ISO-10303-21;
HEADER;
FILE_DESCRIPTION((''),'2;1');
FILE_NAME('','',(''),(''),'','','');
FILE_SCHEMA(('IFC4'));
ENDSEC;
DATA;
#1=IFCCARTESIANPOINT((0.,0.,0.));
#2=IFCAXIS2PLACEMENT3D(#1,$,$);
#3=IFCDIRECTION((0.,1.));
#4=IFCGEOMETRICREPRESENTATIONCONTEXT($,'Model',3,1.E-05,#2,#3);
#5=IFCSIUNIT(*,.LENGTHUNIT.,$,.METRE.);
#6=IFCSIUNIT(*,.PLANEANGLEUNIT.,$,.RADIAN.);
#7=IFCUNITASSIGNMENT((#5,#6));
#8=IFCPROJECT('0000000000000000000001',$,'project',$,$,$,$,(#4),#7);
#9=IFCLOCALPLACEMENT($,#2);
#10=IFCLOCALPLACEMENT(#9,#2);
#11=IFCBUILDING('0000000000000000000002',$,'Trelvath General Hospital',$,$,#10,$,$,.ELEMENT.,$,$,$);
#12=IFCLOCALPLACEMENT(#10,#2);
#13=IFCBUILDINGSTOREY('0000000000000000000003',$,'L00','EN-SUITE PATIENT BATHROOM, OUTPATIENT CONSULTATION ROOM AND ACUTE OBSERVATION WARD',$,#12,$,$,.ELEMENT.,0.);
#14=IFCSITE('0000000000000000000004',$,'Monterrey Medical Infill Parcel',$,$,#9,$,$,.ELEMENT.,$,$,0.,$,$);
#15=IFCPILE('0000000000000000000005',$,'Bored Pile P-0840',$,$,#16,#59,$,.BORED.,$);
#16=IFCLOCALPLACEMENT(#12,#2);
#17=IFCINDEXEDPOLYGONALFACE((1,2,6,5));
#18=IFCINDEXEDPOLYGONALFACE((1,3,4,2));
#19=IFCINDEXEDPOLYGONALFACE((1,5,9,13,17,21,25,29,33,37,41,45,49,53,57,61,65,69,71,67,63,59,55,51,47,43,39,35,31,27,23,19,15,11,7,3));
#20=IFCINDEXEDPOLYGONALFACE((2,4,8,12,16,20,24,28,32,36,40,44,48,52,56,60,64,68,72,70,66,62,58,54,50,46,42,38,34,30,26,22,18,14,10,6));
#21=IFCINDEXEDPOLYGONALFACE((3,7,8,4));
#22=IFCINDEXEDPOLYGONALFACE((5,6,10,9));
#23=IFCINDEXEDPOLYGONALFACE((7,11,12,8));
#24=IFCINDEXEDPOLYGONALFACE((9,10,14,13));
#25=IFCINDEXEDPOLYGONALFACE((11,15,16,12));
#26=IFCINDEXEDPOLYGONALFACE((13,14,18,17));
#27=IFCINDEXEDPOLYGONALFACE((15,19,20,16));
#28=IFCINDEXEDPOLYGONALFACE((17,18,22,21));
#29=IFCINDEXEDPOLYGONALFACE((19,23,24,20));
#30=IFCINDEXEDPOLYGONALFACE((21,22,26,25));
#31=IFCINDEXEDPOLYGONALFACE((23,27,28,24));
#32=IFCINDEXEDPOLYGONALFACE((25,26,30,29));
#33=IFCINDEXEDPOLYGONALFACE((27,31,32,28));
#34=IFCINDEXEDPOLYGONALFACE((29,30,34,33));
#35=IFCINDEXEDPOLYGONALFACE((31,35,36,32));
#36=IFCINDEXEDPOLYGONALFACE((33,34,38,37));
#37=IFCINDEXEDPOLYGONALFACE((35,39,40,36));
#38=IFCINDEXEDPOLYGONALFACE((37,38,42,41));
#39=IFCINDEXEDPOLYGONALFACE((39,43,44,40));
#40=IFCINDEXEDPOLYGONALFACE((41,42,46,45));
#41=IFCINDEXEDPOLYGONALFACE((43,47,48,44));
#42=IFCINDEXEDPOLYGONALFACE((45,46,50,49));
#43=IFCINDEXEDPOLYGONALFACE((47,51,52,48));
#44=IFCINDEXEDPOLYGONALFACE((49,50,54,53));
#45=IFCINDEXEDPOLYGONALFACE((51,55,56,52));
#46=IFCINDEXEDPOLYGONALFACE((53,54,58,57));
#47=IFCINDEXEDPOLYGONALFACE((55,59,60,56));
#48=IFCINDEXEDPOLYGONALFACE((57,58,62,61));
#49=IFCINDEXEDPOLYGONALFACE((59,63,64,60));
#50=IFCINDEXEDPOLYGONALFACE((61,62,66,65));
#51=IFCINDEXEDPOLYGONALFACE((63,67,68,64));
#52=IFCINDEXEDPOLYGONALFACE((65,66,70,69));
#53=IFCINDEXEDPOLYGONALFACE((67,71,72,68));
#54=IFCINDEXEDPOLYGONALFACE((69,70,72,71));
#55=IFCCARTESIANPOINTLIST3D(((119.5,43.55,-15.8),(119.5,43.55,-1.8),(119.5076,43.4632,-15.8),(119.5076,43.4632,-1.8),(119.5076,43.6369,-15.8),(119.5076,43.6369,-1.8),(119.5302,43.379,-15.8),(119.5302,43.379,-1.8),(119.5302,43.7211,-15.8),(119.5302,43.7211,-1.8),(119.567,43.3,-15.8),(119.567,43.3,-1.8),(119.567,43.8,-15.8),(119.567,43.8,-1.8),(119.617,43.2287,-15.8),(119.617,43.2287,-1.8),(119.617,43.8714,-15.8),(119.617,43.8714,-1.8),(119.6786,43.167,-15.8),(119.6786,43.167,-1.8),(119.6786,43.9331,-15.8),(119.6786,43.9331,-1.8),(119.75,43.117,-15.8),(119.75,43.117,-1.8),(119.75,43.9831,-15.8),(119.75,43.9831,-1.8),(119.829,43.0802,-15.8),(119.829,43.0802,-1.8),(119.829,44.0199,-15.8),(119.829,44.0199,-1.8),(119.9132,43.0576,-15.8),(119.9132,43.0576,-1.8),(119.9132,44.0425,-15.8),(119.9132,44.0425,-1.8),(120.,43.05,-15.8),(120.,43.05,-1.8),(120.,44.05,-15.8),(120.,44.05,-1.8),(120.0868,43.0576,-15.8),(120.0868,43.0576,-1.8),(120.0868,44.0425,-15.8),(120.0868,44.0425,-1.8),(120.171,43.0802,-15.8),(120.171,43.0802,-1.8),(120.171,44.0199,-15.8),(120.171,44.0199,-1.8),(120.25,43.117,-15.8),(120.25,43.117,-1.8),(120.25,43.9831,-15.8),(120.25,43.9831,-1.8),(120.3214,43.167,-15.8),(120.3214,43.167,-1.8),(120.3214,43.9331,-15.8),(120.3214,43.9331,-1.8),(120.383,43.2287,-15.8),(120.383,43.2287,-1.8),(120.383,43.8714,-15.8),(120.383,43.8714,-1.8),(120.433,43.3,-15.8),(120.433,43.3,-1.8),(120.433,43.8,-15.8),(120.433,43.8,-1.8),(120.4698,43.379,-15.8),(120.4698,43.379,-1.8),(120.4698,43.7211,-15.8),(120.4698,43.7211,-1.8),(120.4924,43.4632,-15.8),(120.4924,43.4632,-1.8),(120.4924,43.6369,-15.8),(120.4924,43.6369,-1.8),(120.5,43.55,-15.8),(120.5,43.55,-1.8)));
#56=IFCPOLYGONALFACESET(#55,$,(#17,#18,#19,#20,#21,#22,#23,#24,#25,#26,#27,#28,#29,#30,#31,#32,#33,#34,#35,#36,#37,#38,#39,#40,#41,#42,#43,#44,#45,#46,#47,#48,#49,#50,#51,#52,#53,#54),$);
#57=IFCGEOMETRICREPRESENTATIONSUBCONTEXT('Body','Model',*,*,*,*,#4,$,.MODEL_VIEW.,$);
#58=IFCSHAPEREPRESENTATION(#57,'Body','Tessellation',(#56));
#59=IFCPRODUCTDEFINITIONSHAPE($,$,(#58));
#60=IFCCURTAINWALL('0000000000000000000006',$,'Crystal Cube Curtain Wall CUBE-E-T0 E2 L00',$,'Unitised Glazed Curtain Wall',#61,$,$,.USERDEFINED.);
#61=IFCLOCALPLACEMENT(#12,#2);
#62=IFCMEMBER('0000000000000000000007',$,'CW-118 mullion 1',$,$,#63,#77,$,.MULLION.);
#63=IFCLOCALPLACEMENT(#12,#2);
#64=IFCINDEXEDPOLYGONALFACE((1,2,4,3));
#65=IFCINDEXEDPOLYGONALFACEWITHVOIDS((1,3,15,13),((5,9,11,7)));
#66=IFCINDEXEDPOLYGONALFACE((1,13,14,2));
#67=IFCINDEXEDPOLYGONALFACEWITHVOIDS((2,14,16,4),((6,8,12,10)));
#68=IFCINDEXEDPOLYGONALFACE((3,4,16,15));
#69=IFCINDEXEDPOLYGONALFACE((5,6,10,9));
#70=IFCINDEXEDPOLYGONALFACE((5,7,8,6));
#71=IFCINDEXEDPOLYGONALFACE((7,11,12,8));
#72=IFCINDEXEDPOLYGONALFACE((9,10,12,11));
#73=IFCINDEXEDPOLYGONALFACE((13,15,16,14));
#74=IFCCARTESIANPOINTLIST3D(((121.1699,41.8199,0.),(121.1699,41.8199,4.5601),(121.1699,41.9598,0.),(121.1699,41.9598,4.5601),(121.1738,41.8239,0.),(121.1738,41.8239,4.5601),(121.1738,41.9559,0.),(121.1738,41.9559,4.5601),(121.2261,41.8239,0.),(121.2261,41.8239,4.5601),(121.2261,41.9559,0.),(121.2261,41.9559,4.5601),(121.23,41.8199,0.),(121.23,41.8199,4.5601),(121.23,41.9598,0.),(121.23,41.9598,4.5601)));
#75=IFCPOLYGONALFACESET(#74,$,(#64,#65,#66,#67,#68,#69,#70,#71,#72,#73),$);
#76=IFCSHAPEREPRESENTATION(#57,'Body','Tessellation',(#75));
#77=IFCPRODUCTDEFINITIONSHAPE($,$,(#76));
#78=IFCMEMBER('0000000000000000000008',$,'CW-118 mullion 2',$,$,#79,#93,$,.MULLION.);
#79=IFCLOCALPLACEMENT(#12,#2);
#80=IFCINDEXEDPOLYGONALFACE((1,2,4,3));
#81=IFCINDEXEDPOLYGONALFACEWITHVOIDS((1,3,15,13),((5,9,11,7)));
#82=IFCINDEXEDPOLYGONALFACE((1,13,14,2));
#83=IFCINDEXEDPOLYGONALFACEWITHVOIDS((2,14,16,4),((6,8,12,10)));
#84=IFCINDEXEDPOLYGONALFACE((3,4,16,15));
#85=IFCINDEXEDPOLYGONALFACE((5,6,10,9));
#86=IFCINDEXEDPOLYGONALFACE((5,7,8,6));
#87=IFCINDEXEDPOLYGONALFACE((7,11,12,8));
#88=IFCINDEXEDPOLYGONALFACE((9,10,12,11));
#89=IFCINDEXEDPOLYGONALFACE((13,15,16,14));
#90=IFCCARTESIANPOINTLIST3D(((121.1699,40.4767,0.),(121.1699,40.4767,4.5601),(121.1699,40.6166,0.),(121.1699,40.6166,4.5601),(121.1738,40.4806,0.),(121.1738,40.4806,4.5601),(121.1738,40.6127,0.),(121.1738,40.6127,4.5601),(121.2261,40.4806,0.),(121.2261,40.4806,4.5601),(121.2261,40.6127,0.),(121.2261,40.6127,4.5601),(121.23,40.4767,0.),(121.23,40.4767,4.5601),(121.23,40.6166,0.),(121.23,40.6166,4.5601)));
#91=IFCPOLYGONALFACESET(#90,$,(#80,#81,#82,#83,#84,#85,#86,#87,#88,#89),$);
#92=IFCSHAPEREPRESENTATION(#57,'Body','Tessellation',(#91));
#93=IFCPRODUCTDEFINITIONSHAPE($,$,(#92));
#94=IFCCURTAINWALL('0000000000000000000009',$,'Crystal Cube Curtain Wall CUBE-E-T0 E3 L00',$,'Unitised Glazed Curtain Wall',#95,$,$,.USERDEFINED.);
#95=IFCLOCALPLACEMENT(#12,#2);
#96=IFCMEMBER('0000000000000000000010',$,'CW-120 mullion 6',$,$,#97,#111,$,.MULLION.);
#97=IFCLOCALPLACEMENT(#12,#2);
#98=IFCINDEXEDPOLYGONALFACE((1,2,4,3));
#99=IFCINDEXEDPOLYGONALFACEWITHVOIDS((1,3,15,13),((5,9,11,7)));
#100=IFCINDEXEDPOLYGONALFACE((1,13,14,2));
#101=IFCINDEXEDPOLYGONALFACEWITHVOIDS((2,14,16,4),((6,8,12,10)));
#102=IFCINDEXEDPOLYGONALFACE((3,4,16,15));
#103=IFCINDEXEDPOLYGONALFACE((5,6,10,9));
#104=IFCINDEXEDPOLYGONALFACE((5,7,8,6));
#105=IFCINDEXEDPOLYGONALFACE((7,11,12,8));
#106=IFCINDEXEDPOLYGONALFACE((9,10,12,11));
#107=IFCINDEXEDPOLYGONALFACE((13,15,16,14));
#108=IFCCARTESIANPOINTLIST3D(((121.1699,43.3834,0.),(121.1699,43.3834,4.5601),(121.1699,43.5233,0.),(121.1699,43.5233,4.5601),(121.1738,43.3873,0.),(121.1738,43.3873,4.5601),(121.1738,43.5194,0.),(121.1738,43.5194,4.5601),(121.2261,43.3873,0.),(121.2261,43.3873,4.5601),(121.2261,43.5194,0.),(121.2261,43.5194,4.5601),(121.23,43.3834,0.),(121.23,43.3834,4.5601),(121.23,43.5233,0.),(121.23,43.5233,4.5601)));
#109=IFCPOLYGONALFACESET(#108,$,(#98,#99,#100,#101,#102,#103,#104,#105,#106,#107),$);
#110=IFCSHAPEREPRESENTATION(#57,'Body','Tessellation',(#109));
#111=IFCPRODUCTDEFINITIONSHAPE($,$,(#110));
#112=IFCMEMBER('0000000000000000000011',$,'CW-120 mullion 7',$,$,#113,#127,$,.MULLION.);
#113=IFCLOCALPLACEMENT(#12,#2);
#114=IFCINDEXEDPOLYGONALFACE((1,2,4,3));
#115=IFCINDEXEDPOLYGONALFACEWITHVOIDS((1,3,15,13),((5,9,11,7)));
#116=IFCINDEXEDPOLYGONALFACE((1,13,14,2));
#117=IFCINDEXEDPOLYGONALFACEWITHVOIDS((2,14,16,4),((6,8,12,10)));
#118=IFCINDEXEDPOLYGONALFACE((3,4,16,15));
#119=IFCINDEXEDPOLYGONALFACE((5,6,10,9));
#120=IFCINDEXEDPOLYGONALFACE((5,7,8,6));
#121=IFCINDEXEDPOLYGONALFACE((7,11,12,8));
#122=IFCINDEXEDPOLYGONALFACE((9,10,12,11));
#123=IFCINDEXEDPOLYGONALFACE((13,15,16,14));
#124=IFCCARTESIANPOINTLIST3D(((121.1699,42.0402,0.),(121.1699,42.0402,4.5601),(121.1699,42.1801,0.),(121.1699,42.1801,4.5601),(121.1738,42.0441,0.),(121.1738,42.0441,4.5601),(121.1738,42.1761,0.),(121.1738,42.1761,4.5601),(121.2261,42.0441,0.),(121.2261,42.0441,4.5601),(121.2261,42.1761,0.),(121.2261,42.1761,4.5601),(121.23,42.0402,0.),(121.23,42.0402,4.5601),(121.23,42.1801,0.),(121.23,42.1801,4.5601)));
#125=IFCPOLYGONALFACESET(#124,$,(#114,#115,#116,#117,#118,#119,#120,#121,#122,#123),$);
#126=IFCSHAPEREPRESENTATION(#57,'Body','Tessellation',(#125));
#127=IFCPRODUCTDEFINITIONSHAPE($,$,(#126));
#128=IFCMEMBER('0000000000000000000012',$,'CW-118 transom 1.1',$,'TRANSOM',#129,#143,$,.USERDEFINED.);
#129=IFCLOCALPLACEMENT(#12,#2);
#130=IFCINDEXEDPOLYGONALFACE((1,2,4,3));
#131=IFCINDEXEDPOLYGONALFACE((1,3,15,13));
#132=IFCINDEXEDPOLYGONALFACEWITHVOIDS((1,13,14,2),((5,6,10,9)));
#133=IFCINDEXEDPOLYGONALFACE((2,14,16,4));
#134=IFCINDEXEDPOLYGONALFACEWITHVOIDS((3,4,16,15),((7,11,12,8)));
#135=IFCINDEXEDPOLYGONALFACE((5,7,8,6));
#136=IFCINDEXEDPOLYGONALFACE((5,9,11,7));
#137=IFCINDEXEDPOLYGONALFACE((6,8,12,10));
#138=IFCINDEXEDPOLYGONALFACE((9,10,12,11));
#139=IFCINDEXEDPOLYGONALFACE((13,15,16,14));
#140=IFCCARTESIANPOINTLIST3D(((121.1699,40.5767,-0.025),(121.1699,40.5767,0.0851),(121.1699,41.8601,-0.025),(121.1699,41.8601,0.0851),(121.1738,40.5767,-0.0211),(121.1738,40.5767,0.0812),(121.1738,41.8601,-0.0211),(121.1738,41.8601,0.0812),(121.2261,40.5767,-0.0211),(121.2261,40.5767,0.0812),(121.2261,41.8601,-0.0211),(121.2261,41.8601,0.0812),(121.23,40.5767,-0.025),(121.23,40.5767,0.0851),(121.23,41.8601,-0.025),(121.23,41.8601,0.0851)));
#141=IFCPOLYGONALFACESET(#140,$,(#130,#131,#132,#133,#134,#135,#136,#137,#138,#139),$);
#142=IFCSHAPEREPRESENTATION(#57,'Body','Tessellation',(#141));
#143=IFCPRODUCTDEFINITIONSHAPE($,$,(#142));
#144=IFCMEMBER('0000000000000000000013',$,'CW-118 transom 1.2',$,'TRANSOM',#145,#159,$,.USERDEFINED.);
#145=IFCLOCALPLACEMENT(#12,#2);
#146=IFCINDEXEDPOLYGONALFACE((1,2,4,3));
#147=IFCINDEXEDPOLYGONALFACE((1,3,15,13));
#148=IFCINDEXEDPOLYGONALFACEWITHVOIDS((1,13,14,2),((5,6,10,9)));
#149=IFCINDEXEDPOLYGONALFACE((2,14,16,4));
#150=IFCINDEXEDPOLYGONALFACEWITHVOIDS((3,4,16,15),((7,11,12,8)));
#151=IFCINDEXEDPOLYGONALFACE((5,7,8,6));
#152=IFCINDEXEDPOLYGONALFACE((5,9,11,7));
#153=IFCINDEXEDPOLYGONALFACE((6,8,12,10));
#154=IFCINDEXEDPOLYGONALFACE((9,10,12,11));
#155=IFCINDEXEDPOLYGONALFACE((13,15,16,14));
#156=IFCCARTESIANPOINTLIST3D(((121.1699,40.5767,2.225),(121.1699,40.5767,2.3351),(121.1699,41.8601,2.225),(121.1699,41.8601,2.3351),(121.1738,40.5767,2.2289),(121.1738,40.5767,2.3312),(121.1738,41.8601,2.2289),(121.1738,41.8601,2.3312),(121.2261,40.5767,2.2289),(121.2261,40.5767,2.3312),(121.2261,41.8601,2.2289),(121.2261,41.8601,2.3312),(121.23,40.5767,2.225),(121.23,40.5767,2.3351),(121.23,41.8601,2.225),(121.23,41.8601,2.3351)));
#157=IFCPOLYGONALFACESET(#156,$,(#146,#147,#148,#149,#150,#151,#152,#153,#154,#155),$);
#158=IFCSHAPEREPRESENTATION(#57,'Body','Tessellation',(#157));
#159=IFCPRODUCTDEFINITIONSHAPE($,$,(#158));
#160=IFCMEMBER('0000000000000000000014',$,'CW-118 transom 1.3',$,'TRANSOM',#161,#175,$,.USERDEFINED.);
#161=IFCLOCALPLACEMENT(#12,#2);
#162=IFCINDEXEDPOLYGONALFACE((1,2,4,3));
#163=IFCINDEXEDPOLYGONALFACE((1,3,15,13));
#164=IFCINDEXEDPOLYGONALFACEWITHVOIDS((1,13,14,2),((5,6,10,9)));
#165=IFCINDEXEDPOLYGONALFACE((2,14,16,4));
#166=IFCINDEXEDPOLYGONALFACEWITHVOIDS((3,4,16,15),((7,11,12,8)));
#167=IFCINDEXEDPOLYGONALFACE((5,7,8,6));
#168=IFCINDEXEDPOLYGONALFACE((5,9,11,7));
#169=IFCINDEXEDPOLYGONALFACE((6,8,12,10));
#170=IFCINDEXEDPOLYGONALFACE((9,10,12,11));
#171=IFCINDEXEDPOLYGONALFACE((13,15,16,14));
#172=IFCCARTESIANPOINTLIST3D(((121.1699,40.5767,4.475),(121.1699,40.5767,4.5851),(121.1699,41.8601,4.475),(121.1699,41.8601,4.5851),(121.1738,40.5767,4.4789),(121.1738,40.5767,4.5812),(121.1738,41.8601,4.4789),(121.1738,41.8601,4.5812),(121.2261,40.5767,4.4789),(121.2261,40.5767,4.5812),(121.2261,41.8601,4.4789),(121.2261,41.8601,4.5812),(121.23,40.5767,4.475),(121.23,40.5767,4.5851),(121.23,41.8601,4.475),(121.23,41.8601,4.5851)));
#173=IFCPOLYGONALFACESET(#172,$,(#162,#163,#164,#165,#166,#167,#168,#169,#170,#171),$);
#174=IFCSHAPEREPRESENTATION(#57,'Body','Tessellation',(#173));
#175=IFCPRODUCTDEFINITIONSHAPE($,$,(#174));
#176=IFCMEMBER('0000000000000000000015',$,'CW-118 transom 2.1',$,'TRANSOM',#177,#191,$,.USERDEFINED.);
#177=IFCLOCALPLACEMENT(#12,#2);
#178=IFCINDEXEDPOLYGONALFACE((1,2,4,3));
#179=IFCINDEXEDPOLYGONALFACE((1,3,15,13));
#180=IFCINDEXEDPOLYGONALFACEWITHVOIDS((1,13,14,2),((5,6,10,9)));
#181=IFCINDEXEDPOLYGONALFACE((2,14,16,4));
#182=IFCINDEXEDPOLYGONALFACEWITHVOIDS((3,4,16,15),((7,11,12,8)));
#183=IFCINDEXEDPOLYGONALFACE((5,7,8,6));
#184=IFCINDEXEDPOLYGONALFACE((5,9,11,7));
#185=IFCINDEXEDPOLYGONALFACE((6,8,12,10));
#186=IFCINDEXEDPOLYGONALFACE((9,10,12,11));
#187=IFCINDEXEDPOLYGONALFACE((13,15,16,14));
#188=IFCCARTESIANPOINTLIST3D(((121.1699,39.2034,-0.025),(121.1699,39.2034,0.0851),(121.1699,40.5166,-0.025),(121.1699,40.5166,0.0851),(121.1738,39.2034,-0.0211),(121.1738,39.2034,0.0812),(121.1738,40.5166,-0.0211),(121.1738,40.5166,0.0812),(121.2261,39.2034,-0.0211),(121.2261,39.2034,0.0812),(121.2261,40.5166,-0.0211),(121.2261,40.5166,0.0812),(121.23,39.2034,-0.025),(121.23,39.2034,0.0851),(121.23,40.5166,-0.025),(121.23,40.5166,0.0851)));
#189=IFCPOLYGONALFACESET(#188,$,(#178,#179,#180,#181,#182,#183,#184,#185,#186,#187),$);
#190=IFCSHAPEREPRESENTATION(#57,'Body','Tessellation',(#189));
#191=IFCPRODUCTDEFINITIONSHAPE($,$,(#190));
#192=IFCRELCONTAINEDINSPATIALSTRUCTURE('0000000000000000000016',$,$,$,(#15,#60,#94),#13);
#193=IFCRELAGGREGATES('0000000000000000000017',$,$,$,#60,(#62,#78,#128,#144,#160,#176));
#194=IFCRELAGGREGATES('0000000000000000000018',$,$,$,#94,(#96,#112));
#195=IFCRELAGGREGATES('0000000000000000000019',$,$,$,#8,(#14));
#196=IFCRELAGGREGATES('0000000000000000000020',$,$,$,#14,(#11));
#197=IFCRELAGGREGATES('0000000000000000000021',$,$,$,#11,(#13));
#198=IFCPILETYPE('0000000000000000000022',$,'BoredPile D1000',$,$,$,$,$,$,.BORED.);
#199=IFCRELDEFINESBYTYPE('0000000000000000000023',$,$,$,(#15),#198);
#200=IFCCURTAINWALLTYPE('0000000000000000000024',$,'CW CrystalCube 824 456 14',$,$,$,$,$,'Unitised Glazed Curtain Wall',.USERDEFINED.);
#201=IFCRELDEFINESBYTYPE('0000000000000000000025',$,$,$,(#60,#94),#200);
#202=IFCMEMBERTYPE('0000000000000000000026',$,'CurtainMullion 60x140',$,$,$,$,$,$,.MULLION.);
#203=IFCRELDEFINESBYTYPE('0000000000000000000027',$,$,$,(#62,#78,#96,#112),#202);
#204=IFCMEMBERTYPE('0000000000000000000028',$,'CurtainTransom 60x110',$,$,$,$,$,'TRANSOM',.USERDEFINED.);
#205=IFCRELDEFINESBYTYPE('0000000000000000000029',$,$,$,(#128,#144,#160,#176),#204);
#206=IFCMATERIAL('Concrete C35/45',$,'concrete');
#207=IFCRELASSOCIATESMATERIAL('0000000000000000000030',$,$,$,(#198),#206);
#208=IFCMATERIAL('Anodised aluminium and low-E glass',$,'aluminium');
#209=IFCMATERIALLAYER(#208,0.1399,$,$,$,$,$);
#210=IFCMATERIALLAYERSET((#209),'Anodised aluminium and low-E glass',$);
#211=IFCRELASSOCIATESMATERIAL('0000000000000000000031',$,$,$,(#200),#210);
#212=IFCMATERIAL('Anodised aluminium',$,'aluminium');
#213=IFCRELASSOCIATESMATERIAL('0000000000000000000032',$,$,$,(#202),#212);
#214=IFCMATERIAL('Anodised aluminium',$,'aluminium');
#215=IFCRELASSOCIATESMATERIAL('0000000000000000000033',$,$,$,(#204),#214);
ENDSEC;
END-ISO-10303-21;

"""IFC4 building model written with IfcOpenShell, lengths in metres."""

from ifc_helpers import new_model, si_unit, direction, frame, origin, origin_2d, place, context, subcontext, project, spatial, hollow_rectangle, circle, extrude, material, layer, layer_set, material_profile, profile_set, type_object, element, aggregate, save


model = new_model("IFC4")

# Units and contexts
model_context = context("Model", 3, precision=1e-05, world=origin(), true_north=direction((0.0, 1.0)))
body_context = subcontext(model_context, "Body", "Model", "MODEL_VIEW")
ifc_project = project(units=[si_unit("LENGTHUNIT", "METRE"), si_unit("PLANEANGLEUNIT", "RADIAN")], contexts=[model_context])

# Site, building, storey
site_placement = place(None, origin())
site = spatial("IfcSite", under=ifc_project, at=site_placement, Name="Monterrey Medical Infill Parcel", CompositionType="ELEMENT", RefElevation=0.0)
building_placement = place(site_placement, origin())
building = spatial("IfcBuilding", under=site, at=building_placement, Name="Trelvath General Hospital", CompositionType="ELEMENT")
storey_placement = place(building_placement, origin())
storey = spatial("IfcBuildingStorey", under=building, at=storey_placement, Name="L00", Description="EN-SUITE PATIENT BATHROOM, OUTPATIENT CONSULTATION ROOM AND ACUTE OBSERVATION WARD", CompositionType="ELEMENT", Elevation=0.0)

# Pile
ifc_material_1 = material(Name="Concrete C35/45", Category="concrete")
ifc_material_profile_1 = material_profile(ifc_material_1, circle(Radius=0.5, at=origin_2d()), Name="PILE1000")
ifc_profile_set_1 = profile_set([ifc_material_profile_1], Name="Concrete C35/45")
pile_type = type_object("IfcPileType", Name="BoredPile D1000", PredefinedType="BORED", material=ifc_profile_set_1)
pile_placement = place(storey_placement, frame((120.0, 43.55, -1.8), z_axis=(0.0, 0.0, -1.0), x_axis=(1.0, 0.0, 0.0)))
element("IfcPile", 1, at=pile_placement, inside=storey, type_object=pile_type, Name="Bored Pile P-0840", PredefinedType="BORED", context=body_context, shape_type="SweptSolid", body=[
    extrude(circle(Radius=0.5, at=origin_2d()), origin(), (0.0, 0.0, 1.0), 14.0),
])

# Curtain walls, members
ifc_material_2 = material(Name="Anodised aluminium and low-E glass", Category="aluminium")
ifc_layer_1 = layer(ifc_material_2, 0.1399)
ifc_layer_set_1 = layer_set([ifc_layer_1], Name="Anodised aluminium and low-E glass")
curtain_wall_type = type_object("IfcCurtainWallType", Name="CW CrystalCube 824 456 14", ElementType="Unitised Glazed Curtain Wall", PredefinedType="USERDEFINED", material=ifc_layer_set_1)
curtain_wall_1_placement = place(storey_placement, origin())
curtain_wall_1 = element("IfcCurtainWall", 2, at=curtain_wall_1_placement, inside=storey, type_object=curtain_wall_type, Name="Crystal Cube Curtain Wall CUBE-E-T0 E2 L00", ObjectType="Unitised Glazed Curtain Wall", PredefinedType="USERDEFINED")
ifc_material_3 = material(Name="Anodised aluminium", Category="aluminium")
ifc_material_profile_2 = material_profile(ifc_material_3, hollow_rectangle(XDim=0.0601, YDim=0.1399, WallThickness=0.0039, at=origin_2d()), Name="RHS60x140x4")
ifc_profile_set_2 = profile_set([ifc_material_profile_2], Name="Anodised aluminium")
member_type_1 = type_object("IfcMemberType", Name="CurtainMullion 60x140", PredefinedType="MULLION", material=ifc_profile_set_2)
member_1_placement = place(storey_placement, frame((121.2, 41.8899, 0.0), z_axis=(0.0, 0.0, 1.0), x_axis=(1.0, 0.0, 0.0)))
member_1 = element("IfcMember", 3, at=member_1_placement, type_object=member_type_1, Name="CW-118 mullion 1", PredefinedType="MULLION", context=body_context, shape_type="SweptSolid", body=[
    extrude(hollow_rectangle(XDim=0.0601, YDim=0.1399, WallThickness=0.0039, at=origin_2d()), origin(), (0.0, 0.0, 1.0), 4.5601),
])
member_2_placement = place(storey_placement, frame((121.2, 40.5466, 0.0), z_axis=(0.0, 0.0, 1.0), x_axis=(1.0, 0.0, 0.0)))
member_2 = element("IfcMember", 4, at=member_2_placement, type_object=member_type_1, Name="CW-118 mullion 2", PredefinedType="MULLION", context=body_context, shape_type="SweptSolid", body=[
    extrude(hollow_rectangle(XDim=0.0601, YDim=0.1399, WallThickness=0.0039, at=origin_2d()), origin(), (0.0, 0.0, 1.0), 4.5601),
])
curtain_wall_2_placement = place(storey_placement, origin())
curtain_wall_2 = element("IfcCurtainWall", 5, at=curtain_wall_2_placement, inside=storey, type_object=curtain_wall_type, Name="Crystal Cube Curtain Wall CUBE-E-T0 E3 L00", ObjectType="Unitised Glazed Curtain Wall", PredefinedType="USERDEFINED")
member_3_placement = place(storey_placement, frame((121.2, 43.4534, 0.0), z_axis=(0.0, 0.0, 1.0), x_axis=(1.0, 0.0, 0.0)))
member_3 = element("IfcMember", 6, at=member_3_placement, type_object=member_type_1, Name="CW-120 mullion 6", PredefinedType="MULLION", context=body_context, shape_type="SweptSolid", body=[
    extrude(hollow_rectangle(XDim=0.0601, YDim=0.1399, WallThickness=0.0039, at=origin_2d()), origin(), (0.0, 0.0, 1.0), 4.5601),
])
member_4_placement = place(storey_placement, frame((121.2, 42.1101, 0.0), z_axis=(0.0, 0.0, 1.0), x_axis=(1.0, 0.0, 0.0)))
member_4 = element("IfcMember", 7, at=member_4_placement, type_object=member_type_1, Name="CW-120 mullion 7", PredefinedType="MULLION", context=body_context, shape_type="SweptSolid", body=[
    extrude(hollow_rectangle(XDim=0.0601, YDim=0.1399, WallThickness=0.0039, at=origin_2d()), origin(), (0.0, 0.0, 1.0), 4.5601),
])

# Members
ifc_material_4 = material(Name="Anodised aluminium", Category="aluminium")
ifc_material_profile_3 = material_profile(ifc_material_4, hollow_rectangle(XDim=0.0601, YDim=0.1101, WallThickness=0.0039, at=origin_2d()), Name="RHS60x110x4")
ifc_profile_set_3 = profile_set([ifc_material_profile_3], Name="Anodised aluminium")
member_type_2 = type_object("IfcMemberType", Name="CurtainTransom 60x110", ElementType="TRANSOM", PredefinedType="USERDEFINED", material=ifc_profile_set_3)
member_5_placement = place(storey_placement, frame((121.2, 41.8601, 0.03), z_axis=(0.0, -1.0, 0.0), x_axis=(1.0, 0.0, 0.0)))
member_5 = element("IfcMember", 8, at=member_5_placement, type_object=member_type_2, Name="CW-118 transom 1.1", ObjectType="TRANSOM", PredefinedType="USERDEFINED", context=body_context, shape_type="SweptSolid", body=[
    extrude(hollow_rectangle(XDim=0.0601, YDim=0.1101, WallThickness=0.0039, at=origin_2d()), origin(), (0.0, 0.0, 1.0), 1.2834),
])
member_6_placement = place(storey_placement, frame((121.2, 41.8601, 2.28), z_axis=(0.0, -1.0, 0.0), x_axis=(1.0, 0.0, 0.0)))
member_6 = element("IfcMember", 9, at=member_6_placement, type_object=member_type_2, Name="CW-118 transom 1.2", ObjectType="TRANSOM", PredefinedType="USERDEFINED", context=body_context, shape_type="SweptSolid", body=[
    extrude(hollow_rectangle(XDim=0.0601, YDim=0.1101, WallThickness=0.0039, at=origin_2d()), origin(), (0.0, 0.0, 1.0), 1.2834),
])
member_7_placement = place(storey_placement, frame((121.2, 41.8601, 4.53), z_axis=(0.0, -1.0, 0.0), x_axis=(1.0, 0.0, 0.0)))
member_7 = element("IfcMember", 10, at=member_7_placement, type_object=member_type_2, Name="CW-118 transom 1.3", ObjectType="TRANSOM", PredefinedType="USERDEFINED", context=body_context, shape_type="SweptSolid", body=[
    extrude(hollow_rectangle(XDim=0.0601, YDim=0.1101, WallThickness=0.0039, at=origin_2d()), origin(), (0.0, 0.0, 1.0), 1.2834),
])
member_8_placement = place(storey_placement, frame((121.2, 40.5166, 0.03), z_axis=(0.0, -1.0, 0.0), x_axis=(1.0, 0.0, 0.0)))
member_8 = element("IfcMember", 11, at=member_8_placement, type_object=member_type_2, Name="CW-118 transom 2.1", ObjectType="TRANSOM", PredefinedType="USERDEFINED", context=body_context, shape_type="SweptSolid", body=[
    extrude(hollow_rectangle(XDim=0.0601, YDim=0.1101, WallThickness=0.0039, at=origin_2d()), origin(), (0.0, 0.0, 1.0), 1.3132),
])

aggregate(curtain_wall_1, [member_1, member_2, member_5, member_6, member_7, member_8])
aggregate(curtain_wall_2, [member_3, member_4])

save(model, "model.ifc")
